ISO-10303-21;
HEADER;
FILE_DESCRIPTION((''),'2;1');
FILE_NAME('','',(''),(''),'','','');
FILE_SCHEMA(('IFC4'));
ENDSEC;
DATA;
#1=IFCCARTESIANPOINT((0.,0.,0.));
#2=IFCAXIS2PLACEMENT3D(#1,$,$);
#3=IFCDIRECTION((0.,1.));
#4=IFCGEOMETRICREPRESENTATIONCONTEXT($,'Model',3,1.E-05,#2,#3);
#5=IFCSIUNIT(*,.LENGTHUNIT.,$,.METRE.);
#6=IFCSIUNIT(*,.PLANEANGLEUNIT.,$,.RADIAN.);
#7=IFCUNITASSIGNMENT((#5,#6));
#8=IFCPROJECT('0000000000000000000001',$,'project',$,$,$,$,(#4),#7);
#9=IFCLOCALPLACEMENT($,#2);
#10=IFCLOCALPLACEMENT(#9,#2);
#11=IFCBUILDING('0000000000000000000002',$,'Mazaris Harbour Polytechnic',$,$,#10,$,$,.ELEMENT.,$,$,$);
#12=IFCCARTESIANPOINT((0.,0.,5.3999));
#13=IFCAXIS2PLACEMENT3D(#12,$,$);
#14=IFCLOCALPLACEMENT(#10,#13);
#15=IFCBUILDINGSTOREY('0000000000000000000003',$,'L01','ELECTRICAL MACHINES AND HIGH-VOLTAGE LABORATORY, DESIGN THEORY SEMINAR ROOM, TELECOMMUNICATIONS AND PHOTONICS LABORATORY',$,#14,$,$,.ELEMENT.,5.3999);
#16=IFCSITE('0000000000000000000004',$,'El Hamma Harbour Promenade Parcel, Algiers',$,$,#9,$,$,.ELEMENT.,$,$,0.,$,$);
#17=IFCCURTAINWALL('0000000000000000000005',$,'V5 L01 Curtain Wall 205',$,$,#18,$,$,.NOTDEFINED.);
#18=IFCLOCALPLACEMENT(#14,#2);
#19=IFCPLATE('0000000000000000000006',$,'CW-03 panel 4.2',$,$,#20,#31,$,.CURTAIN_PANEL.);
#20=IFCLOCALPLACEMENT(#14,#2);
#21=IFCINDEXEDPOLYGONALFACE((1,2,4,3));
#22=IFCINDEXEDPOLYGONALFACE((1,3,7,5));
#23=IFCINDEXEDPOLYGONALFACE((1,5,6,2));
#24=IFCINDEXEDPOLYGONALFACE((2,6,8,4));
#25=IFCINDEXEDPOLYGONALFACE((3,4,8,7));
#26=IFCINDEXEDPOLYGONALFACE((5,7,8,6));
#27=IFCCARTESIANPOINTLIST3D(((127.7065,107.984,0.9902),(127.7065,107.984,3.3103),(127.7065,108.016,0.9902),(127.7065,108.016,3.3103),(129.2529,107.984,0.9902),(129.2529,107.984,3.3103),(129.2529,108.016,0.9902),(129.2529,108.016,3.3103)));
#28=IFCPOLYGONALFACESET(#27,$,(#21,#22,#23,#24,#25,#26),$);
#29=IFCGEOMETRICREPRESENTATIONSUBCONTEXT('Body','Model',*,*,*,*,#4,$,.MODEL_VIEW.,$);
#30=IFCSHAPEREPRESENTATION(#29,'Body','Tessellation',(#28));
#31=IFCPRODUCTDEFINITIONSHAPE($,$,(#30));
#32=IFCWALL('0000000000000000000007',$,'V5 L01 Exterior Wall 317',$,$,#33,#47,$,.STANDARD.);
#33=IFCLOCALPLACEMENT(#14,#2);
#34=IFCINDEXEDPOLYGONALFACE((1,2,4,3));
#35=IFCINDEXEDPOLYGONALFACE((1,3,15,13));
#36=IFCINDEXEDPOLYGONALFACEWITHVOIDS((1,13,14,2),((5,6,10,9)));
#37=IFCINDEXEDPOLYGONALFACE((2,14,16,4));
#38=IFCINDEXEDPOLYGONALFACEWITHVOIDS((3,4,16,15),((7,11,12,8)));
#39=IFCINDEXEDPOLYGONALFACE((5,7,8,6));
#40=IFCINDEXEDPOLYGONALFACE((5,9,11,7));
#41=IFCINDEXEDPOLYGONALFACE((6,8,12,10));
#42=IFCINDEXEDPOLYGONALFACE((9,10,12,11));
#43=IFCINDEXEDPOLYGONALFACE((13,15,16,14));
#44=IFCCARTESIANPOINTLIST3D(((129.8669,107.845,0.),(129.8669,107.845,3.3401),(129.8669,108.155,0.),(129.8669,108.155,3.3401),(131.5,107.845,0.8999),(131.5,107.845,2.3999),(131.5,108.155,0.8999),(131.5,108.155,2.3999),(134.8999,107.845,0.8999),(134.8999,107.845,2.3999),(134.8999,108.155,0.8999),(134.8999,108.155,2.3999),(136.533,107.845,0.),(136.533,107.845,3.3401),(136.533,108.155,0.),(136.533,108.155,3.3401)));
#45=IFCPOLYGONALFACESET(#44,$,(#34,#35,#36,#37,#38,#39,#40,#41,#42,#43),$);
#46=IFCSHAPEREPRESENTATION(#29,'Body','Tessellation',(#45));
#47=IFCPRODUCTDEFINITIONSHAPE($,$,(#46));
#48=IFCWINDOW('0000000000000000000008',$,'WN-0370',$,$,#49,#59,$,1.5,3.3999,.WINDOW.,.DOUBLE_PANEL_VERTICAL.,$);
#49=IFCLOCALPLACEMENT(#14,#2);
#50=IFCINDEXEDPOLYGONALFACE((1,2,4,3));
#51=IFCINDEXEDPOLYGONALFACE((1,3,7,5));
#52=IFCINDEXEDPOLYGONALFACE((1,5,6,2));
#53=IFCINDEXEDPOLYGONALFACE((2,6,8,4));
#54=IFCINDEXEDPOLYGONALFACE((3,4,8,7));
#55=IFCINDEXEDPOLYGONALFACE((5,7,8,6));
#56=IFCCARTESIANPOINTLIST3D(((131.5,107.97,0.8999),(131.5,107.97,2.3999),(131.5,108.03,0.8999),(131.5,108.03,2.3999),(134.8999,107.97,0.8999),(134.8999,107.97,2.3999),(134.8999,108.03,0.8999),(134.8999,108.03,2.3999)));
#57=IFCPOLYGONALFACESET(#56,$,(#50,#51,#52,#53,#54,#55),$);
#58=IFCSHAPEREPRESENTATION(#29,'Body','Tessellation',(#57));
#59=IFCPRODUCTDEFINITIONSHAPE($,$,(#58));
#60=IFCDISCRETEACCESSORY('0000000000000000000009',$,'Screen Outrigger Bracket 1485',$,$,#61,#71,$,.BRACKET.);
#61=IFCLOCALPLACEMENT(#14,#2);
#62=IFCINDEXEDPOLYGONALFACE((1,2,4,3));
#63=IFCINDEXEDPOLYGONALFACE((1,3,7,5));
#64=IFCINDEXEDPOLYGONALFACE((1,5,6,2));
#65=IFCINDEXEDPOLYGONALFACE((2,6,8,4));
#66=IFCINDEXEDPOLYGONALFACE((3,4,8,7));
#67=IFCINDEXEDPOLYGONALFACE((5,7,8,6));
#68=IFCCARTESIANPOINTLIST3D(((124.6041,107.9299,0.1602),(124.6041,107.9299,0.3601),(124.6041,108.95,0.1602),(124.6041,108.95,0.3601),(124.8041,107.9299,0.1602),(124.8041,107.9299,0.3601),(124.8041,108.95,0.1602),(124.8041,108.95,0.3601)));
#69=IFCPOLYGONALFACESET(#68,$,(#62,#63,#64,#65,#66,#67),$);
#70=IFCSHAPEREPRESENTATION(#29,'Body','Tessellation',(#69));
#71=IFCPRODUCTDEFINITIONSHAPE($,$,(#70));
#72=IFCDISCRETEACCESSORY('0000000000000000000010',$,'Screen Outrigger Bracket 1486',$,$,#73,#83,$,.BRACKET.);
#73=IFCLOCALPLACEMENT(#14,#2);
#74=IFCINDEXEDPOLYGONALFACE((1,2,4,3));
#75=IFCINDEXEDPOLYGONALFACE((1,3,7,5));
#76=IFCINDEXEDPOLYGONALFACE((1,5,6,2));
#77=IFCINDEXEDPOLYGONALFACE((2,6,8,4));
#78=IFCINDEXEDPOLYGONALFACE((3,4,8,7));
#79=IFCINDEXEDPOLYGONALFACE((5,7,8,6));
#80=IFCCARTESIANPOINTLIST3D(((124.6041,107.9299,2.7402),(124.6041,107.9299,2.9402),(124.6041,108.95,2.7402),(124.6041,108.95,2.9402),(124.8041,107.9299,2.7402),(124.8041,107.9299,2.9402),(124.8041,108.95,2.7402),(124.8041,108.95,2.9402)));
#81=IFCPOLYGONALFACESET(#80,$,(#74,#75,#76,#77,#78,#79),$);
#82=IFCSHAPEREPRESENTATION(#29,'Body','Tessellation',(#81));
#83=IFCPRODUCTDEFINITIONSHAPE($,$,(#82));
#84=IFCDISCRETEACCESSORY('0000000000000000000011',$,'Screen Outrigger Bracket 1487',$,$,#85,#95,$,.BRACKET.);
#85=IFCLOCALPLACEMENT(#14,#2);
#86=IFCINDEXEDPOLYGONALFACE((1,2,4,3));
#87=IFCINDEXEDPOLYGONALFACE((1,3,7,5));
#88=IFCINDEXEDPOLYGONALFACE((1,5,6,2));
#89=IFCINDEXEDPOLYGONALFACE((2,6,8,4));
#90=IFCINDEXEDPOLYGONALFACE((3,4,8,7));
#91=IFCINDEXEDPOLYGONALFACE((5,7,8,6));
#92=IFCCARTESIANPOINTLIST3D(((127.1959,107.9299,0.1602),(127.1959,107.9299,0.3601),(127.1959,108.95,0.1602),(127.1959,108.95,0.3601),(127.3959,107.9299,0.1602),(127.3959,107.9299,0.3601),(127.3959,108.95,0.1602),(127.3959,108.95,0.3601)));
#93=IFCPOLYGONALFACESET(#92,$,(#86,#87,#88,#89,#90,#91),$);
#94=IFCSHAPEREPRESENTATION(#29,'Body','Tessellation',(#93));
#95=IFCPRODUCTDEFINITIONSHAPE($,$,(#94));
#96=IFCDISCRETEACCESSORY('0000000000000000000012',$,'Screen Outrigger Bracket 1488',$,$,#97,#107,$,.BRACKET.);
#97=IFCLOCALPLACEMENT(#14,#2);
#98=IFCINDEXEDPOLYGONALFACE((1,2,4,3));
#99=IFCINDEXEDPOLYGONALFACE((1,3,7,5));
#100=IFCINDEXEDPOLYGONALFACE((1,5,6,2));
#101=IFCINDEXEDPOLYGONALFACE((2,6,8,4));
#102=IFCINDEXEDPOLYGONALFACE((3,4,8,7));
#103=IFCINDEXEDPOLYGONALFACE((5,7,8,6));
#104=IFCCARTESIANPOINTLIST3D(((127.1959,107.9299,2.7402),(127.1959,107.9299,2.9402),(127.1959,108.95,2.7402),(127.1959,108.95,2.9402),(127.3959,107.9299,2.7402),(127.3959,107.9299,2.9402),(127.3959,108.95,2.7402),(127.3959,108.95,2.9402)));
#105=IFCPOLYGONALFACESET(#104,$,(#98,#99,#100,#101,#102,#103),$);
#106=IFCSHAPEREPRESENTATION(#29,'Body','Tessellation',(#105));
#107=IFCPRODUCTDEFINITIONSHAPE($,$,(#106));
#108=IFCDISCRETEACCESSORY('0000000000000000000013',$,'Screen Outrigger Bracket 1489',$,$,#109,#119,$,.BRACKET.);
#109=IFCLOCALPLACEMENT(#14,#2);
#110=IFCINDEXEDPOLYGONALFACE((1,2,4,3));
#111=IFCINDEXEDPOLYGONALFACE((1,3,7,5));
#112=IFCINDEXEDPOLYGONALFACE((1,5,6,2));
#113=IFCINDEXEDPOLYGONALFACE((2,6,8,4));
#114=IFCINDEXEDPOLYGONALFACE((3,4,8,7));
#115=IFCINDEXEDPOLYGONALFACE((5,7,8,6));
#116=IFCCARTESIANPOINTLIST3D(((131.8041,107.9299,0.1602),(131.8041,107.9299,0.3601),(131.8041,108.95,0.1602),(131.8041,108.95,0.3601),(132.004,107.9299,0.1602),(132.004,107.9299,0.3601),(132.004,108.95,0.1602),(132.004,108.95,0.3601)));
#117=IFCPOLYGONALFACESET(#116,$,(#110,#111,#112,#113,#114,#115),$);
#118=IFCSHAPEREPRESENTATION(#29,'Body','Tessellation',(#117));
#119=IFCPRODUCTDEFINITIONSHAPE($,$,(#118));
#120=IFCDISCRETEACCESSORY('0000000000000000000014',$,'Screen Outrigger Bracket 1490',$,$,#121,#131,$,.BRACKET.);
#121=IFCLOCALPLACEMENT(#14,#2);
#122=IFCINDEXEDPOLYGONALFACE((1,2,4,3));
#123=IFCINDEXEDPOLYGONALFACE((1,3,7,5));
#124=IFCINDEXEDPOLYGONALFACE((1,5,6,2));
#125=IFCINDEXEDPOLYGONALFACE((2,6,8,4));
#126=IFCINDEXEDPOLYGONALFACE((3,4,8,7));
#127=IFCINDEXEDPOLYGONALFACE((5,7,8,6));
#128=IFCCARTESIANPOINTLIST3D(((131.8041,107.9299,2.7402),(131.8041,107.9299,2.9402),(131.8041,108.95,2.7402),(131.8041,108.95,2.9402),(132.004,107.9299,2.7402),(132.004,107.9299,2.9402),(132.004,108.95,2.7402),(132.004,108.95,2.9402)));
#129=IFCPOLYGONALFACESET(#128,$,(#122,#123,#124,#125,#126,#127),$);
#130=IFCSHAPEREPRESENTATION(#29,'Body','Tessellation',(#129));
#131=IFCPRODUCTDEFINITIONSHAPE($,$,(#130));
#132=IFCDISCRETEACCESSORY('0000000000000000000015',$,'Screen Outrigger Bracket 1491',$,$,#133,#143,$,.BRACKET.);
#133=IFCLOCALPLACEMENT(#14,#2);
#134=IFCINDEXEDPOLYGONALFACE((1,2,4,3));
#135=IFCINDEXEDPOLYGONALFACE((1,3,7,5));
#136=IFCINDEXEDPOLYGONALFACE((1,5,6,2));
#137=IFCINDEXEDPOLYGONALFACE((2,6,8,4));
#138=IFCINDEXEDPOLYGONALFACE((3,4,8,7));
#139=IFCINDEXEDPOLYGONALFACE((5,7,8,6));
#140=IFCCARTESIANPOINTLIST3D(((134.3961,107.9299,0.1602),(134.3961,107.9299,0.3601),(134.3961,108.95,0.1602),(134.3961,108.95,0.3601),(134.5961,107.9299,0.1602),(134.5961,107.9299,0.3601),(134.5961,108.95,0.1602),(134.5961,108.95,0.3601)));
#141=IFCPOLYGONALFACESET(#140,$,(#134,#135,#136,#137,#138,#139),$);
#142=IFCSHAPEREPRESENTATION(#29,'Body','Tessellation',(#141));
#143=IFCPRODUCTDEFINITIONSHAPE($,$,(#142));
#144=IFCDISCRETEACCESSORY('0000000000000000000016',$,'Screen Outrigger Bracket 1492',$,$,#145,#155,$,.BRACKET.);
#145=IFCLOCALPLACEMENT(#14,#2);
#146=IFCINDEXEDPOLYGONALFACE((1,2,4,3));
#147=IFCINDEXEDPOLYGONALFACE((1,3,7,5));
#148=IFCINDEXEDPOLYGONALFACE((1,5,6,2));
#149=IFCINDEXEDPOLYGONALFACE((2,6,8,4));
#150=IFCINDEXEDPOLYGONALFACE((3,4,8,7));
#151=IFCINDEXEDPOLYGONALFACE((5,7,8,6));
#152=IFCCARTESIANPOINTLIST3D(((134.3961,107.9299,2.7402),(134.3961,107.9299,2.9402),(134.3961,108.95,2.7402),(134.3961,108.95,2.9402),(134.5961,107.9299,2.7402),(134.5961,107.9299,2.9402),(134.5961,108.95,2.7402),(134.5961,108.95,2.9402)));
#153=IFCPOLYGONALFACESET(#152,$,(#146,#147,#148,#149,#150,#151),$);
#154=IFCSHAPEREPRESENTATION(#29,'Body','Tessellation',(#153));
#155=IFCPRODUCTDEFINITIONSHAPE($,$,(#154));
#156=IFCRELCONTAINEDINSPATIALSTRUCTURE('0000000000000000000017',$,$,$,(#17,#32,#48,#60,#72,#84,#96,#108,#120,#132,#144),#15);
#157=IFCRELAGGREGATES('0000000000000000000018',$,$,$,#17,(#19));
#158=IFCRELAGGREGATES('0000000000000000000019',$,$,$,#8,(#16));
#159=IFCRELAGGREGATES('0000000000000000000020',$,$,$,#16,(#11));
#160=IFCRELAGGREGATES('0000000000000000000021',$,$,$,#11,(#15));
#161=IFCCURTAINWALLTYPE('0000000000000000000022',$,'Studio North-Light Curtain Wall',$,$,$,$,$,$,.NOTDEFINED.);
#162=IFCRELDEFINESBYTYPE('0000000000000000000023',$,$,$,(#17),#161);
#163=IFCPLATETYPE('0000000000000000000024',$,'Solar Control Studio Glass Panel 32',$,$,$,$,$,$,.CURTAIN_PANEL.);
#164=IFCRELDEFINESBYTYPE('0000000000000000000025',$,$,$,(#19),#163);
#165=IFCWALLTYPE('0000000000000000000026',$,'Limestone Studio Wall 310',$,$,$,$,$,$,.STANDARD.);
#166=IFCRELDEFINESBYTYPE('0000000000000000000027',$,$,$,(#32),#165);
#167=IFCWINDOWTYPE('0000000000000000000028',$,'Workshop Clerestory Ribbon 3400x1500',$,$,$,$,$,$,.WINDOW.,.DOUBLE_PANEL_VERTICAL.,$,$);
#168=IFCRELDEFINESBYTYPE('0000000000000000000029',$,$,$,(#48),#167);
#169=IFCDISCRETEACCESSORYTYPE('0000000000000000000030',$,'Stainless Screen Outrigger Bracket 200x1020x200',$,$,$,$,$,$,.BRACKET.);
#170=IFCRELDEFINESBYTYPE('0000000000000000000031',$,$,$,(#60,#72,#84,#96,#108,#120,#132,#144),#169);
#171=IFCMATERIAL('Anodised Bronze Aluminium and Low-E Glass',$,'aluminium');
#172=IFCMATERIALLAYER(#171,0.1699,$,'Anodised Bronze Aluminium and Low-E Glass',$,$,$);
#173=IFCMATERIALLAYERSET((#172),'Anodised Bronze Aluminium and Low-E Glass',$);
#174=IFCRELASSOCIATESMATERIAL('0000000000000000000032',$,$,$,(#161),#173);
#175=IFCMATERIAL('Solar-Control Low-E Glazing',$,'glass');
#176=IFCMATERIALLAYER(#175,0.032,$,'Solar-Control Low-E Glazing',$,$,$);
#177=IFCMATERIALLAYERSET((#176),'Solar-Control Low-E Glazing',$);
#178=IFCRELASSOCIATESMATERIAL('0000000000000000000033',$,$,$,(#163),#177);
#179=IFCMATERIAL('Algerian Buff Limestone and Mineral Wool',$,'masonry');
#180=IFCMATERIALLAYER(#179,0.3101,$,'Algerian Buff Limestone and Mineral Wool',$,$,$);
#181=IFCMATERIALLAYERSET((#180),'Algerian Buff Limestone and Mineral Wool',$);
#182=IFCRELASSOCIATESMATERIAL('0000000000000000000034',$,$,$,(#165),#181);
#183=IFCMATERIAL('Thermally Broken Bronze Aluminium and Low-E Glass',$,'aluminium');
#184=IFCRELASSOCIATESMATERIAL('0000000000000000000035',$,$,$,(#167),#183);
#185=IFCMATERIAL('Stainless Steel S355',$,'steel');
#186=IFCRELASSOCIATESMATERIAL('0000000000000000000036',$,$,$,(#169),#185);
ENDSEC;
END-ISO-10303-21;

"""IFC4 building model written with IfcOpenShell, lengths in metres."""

from ifc_helpers import new_model, si_unit, direction, frame, frame_2d, origin, origin_2d, place, context, subcontext, project, spatial, rectangle, extrude, material, layer, layer_set, type_object, element, fill, aggregate, save


model = new_model("IFC4")

# Units and contexts
model_context = context("Model", 3, precision=1e-05, world=origin(), true_north=direction((0.0, 1.0)))
body_context = subcontext(model_context, "Body", "Model", "MODEL_VIEW")
ifc_project = project(units=[si_unit("LENGTHUNIT", "METRE"), si_unit("PLANEANGLEUNIT", "RADIAN")], contexts=[model_context])

# Site, building, storey
site_placement = place(None, origin())
site = spatial("IfcSite", under=ifc_project, at=site_placement, Name="El Hamma Harbour Promenade Parcel, Algiers", CompositionType="ELEMENT", RefElevation=0.0)
building_placement = place(site_placement, origin())
building = spatial("IfcBuilding", under=site, at=building_placement, Name="Mazaris Harbour Polytechnic", CompositionType="ELEMENT")
storey_placement = place(building_placement, frame((0.0, 0.0, 5.3999)))
storey = spatial("IfcBuildingStorey", under=building, at=storey_placement, Name="L01", Description="ELECTRICAL MACHINES AND HIGH-VOLTAGE LABORATORY, DESIGN THEORY SEMINAR ROOM, TELECOMMUNICATIONS AND PHOTONICS LABORATORY", CompositionType="ELEMENT", Elevation=5.3999)

# Curtain wall
ifc_material_1 = material(Name="Anodised Bronze Aluminium and Low-E Glass", Category="aluminium")
ifc_layer_1 = layer(ifc_material_1, 0.1699, Name="Anodised Bronze Aluminium and Low-E Glass")
ifc_layer_set_1 = layer_set([ifc_layer_1], Name="Anodised Bronze Aluminium and Low-E Glass")
curtain_wall_type = type_object("IfcCurtainWallType", Name="Studio North-Light Curtain Wall", PredefinedType="NOTDEFINED", material=ifc_layer_set_1)
curtain_wall_placement = place(storey_placement, origin())
curtain_wall = element("IfcCurtainWall", 1, at=curtain_wall_placement, inside=storey, type_object=curtain_wall_type, Name="V5 L01 Curtain Wall 205", PredefinedType="NOTDEFINED")

# Plate
ifc_material_2 = material(Name="Solar-Control Low-E Glazing", Category="glass")
ifc_layer_2 = layer(ifc_material_2, 0.032, Name="Solar-Control Low-E Glazing")
ifc_layer_set_2 = layer_set([ifc_layer_2], Name="Solar-Control Low-E Glazing")
plate_type = type_object("IfcPlateType", Name="Solar Control Studio Glass Panel 32", PredefinedType="CURTAIN_PANEL", material=ifc_layer_set_2)
plate_1_placement = place(storey_placement, frame((128.4797, 108.0, 0.9902), z_axis=(0.0, 0.0, 1.0), x_axis=(1.0, 0.0, 0.0)))
plate_1 = element("IfcPlate", 2, at=plate_1_placement, type_object=plate_type, Name="CW-03 panel 4.2", PredefinedType="CURTAIN_PANEL", context=body_context, shape_type="SweptSolid", body=[
    extrude(rectangle(XDim=1.5464, YDim=0.032, at=origin_2d()), origin(), (0.0, 0.0, 1.0), 2.3201),
])
aggregate(curtain_wall, [plate_1])

# Wall, opening, window
ifc_material_3 = material(Name="Algerian Buff Limestone and Mineral Wool", Category="masonry")
ifc_layer_3 = layer(ifc_material_3, 0.3101, Name="Algerian Buff Limestone and Mineral Wool")
ifc_layer_set_3 = layer_set([ifc_layer_3], Name="Algerian Buff Limestone and Mineral Wool")
wall_type = type_object("IfcWallType", Name="Limestone Studio Wall 310", PredefinedType="STANDARD", material=ifc_layer_set_3)
wall_placement = place(storey_placement, frame((129.8669, 108.0, 0.0), z_axis=(0.0, 0.0, 1.0), x_axis=(1.0, 0.0, 0.0)))
wall = element("IfcWall", 3, at=wall_placement, inside=storey, type_object=wall_type, Name="V5 L01 Exterior Wall 317", PredefinedType="STANDARD", context=body_context, shape_type="SweptSolid", body=[
    extrude(rectangle(XDim=6.666, YDim=0.3101, at=frame_2d((3.333, 0.0))), origin(), (0.0, 0.0, 1.0), 3.3401),
])
opening_placement = place(wall_placement, frame((1.6331, 0.0, 0.8999)))
opening = element("IfcOpeningElement", 4, at=opening_placement, cuts=wall, PredefinedType="OPENING", context=body_context, shape_type="SweptSolid", body=[
    extrude(rectangle(XDim=3.3999, YDim=1.5, at=frame_2d((1.7, 0.75))), frame((0.0, 0.165, 0.0), z_axis=(0.0, -1.0, 0.0), x_axis=(1.0, 0.0, 0.0)), (0.0, 0.0, 1.0), 0.3301),
])
ifc_material_4 = material(Name="Thermally Broken Bronze Aluminium and Low-E Glass", Category="aluminium")
window_type = type_object("IfcWindowType", Name="Workshop Clerestory Ribbon 3400x1500", PartitioningType="DOUBLE_PANEL_VERTICAL", PredefinedType="WINDOW", material=ifc_material_4)
window_placement = place(opening_placement, origin())
window = element("IfcWindow", 5, at=window_placement, inside=storey, type_object=window_type, Name="WN-0370", OverallHeight=1.5, OverallWidth=3.3999, PartitioningType="DOUBLE_PANEL_VERTICAL", PredefinedType="WINDOW", context=body_context, shape_type="SweptSolid", body=[
    extrude(rectangle(XDim=3.3999, YDim=1.5, at=frame_2d((1.7, 0.75))), frame((0.0, 0.03, 0.0), z_axis=(0.0, -1.0, 0.0), x_axis=(1.0, 0.0, 0.0)), (0.0, 0.0, 1.0), 0.0601),
])
fill(opening, window)

# Discrete accessories
ifc_material_5 = material(Name="Stainless Steel S355", Category="steel")
discrete_accessory_type = type_object("IfcDiscreteAccessoryType", Name="Stainless Screen Outrigger Bracket 200x1020x200", PredefinedType="BRACKET", material=ifc_material_5)
for number, where, z_axis, x_axis, name in (
    (6, (124.7041, 108.4399, 0.1602), (0.0, 0.0, 1.0), (1.0, 0.0, 0.0), "Screen Outrigger Bracket 1485"),
    (7, (124.7041, 108.4399, 2.7402), (0.0, 0.0, 1.0), (1.0, 0.0, 0.0), "Screen Outrigger Bracket 1486"),
    (8, (127.2959, 108.4399, 0.1602), (0.0, 0.0, 1.0), (1.0, 0.0, 0.0), "Screen Outrigger Bracket 1487"),
    (9, (127.2959, 108.4399, 2.7402), (0.0, 0.0, 1.0), (1.0, 0.0, 0.0), "Screen Outrigger Bracket 1488"),
    (10, (131.9041, 108.4399, 0.1602), (0.0, 0.0, 1.0), (1.0, 0.0, 0.0), "Screen Outrigger Bracket 1489"),
    (11, (131.9041, 108.4399, 2.7402), (0.0, 0.0, 1.0), (1.0, 0.0, 0.0), "Screen Outrigger Bracket 1490"),
    (12, (134.4961, 108.4399, 0.1602), (0.0, 0.0, 1.0), (1.0, 0.0, 0.0), "Screen Outrigger Bracket 1491"),
    (13, (134.4961, 108.4399, 2.7402), (0.0, 0.0, 1.0), (1.0, 0.0, 0.0), "Screen Outrigger Bracket 1492"),
):
    element("IfcDiscreteAccessory", number, at=place(storey_placement, frame(where, z_axis=z_axis, x_axis=x_axis)), inside=storey, type_object=discrete_accessory_type, Name=name, PredefinedType="BRACKET", context=body_context, shape_type="SweptSolid", body=[
        extrude(rectangle(XDim=0.2, YDim=1.02, at=origin_2d()), origin(), (0.0, 0.0, 1.0), 0.2),
    ])

save(model, "model.ifc")
